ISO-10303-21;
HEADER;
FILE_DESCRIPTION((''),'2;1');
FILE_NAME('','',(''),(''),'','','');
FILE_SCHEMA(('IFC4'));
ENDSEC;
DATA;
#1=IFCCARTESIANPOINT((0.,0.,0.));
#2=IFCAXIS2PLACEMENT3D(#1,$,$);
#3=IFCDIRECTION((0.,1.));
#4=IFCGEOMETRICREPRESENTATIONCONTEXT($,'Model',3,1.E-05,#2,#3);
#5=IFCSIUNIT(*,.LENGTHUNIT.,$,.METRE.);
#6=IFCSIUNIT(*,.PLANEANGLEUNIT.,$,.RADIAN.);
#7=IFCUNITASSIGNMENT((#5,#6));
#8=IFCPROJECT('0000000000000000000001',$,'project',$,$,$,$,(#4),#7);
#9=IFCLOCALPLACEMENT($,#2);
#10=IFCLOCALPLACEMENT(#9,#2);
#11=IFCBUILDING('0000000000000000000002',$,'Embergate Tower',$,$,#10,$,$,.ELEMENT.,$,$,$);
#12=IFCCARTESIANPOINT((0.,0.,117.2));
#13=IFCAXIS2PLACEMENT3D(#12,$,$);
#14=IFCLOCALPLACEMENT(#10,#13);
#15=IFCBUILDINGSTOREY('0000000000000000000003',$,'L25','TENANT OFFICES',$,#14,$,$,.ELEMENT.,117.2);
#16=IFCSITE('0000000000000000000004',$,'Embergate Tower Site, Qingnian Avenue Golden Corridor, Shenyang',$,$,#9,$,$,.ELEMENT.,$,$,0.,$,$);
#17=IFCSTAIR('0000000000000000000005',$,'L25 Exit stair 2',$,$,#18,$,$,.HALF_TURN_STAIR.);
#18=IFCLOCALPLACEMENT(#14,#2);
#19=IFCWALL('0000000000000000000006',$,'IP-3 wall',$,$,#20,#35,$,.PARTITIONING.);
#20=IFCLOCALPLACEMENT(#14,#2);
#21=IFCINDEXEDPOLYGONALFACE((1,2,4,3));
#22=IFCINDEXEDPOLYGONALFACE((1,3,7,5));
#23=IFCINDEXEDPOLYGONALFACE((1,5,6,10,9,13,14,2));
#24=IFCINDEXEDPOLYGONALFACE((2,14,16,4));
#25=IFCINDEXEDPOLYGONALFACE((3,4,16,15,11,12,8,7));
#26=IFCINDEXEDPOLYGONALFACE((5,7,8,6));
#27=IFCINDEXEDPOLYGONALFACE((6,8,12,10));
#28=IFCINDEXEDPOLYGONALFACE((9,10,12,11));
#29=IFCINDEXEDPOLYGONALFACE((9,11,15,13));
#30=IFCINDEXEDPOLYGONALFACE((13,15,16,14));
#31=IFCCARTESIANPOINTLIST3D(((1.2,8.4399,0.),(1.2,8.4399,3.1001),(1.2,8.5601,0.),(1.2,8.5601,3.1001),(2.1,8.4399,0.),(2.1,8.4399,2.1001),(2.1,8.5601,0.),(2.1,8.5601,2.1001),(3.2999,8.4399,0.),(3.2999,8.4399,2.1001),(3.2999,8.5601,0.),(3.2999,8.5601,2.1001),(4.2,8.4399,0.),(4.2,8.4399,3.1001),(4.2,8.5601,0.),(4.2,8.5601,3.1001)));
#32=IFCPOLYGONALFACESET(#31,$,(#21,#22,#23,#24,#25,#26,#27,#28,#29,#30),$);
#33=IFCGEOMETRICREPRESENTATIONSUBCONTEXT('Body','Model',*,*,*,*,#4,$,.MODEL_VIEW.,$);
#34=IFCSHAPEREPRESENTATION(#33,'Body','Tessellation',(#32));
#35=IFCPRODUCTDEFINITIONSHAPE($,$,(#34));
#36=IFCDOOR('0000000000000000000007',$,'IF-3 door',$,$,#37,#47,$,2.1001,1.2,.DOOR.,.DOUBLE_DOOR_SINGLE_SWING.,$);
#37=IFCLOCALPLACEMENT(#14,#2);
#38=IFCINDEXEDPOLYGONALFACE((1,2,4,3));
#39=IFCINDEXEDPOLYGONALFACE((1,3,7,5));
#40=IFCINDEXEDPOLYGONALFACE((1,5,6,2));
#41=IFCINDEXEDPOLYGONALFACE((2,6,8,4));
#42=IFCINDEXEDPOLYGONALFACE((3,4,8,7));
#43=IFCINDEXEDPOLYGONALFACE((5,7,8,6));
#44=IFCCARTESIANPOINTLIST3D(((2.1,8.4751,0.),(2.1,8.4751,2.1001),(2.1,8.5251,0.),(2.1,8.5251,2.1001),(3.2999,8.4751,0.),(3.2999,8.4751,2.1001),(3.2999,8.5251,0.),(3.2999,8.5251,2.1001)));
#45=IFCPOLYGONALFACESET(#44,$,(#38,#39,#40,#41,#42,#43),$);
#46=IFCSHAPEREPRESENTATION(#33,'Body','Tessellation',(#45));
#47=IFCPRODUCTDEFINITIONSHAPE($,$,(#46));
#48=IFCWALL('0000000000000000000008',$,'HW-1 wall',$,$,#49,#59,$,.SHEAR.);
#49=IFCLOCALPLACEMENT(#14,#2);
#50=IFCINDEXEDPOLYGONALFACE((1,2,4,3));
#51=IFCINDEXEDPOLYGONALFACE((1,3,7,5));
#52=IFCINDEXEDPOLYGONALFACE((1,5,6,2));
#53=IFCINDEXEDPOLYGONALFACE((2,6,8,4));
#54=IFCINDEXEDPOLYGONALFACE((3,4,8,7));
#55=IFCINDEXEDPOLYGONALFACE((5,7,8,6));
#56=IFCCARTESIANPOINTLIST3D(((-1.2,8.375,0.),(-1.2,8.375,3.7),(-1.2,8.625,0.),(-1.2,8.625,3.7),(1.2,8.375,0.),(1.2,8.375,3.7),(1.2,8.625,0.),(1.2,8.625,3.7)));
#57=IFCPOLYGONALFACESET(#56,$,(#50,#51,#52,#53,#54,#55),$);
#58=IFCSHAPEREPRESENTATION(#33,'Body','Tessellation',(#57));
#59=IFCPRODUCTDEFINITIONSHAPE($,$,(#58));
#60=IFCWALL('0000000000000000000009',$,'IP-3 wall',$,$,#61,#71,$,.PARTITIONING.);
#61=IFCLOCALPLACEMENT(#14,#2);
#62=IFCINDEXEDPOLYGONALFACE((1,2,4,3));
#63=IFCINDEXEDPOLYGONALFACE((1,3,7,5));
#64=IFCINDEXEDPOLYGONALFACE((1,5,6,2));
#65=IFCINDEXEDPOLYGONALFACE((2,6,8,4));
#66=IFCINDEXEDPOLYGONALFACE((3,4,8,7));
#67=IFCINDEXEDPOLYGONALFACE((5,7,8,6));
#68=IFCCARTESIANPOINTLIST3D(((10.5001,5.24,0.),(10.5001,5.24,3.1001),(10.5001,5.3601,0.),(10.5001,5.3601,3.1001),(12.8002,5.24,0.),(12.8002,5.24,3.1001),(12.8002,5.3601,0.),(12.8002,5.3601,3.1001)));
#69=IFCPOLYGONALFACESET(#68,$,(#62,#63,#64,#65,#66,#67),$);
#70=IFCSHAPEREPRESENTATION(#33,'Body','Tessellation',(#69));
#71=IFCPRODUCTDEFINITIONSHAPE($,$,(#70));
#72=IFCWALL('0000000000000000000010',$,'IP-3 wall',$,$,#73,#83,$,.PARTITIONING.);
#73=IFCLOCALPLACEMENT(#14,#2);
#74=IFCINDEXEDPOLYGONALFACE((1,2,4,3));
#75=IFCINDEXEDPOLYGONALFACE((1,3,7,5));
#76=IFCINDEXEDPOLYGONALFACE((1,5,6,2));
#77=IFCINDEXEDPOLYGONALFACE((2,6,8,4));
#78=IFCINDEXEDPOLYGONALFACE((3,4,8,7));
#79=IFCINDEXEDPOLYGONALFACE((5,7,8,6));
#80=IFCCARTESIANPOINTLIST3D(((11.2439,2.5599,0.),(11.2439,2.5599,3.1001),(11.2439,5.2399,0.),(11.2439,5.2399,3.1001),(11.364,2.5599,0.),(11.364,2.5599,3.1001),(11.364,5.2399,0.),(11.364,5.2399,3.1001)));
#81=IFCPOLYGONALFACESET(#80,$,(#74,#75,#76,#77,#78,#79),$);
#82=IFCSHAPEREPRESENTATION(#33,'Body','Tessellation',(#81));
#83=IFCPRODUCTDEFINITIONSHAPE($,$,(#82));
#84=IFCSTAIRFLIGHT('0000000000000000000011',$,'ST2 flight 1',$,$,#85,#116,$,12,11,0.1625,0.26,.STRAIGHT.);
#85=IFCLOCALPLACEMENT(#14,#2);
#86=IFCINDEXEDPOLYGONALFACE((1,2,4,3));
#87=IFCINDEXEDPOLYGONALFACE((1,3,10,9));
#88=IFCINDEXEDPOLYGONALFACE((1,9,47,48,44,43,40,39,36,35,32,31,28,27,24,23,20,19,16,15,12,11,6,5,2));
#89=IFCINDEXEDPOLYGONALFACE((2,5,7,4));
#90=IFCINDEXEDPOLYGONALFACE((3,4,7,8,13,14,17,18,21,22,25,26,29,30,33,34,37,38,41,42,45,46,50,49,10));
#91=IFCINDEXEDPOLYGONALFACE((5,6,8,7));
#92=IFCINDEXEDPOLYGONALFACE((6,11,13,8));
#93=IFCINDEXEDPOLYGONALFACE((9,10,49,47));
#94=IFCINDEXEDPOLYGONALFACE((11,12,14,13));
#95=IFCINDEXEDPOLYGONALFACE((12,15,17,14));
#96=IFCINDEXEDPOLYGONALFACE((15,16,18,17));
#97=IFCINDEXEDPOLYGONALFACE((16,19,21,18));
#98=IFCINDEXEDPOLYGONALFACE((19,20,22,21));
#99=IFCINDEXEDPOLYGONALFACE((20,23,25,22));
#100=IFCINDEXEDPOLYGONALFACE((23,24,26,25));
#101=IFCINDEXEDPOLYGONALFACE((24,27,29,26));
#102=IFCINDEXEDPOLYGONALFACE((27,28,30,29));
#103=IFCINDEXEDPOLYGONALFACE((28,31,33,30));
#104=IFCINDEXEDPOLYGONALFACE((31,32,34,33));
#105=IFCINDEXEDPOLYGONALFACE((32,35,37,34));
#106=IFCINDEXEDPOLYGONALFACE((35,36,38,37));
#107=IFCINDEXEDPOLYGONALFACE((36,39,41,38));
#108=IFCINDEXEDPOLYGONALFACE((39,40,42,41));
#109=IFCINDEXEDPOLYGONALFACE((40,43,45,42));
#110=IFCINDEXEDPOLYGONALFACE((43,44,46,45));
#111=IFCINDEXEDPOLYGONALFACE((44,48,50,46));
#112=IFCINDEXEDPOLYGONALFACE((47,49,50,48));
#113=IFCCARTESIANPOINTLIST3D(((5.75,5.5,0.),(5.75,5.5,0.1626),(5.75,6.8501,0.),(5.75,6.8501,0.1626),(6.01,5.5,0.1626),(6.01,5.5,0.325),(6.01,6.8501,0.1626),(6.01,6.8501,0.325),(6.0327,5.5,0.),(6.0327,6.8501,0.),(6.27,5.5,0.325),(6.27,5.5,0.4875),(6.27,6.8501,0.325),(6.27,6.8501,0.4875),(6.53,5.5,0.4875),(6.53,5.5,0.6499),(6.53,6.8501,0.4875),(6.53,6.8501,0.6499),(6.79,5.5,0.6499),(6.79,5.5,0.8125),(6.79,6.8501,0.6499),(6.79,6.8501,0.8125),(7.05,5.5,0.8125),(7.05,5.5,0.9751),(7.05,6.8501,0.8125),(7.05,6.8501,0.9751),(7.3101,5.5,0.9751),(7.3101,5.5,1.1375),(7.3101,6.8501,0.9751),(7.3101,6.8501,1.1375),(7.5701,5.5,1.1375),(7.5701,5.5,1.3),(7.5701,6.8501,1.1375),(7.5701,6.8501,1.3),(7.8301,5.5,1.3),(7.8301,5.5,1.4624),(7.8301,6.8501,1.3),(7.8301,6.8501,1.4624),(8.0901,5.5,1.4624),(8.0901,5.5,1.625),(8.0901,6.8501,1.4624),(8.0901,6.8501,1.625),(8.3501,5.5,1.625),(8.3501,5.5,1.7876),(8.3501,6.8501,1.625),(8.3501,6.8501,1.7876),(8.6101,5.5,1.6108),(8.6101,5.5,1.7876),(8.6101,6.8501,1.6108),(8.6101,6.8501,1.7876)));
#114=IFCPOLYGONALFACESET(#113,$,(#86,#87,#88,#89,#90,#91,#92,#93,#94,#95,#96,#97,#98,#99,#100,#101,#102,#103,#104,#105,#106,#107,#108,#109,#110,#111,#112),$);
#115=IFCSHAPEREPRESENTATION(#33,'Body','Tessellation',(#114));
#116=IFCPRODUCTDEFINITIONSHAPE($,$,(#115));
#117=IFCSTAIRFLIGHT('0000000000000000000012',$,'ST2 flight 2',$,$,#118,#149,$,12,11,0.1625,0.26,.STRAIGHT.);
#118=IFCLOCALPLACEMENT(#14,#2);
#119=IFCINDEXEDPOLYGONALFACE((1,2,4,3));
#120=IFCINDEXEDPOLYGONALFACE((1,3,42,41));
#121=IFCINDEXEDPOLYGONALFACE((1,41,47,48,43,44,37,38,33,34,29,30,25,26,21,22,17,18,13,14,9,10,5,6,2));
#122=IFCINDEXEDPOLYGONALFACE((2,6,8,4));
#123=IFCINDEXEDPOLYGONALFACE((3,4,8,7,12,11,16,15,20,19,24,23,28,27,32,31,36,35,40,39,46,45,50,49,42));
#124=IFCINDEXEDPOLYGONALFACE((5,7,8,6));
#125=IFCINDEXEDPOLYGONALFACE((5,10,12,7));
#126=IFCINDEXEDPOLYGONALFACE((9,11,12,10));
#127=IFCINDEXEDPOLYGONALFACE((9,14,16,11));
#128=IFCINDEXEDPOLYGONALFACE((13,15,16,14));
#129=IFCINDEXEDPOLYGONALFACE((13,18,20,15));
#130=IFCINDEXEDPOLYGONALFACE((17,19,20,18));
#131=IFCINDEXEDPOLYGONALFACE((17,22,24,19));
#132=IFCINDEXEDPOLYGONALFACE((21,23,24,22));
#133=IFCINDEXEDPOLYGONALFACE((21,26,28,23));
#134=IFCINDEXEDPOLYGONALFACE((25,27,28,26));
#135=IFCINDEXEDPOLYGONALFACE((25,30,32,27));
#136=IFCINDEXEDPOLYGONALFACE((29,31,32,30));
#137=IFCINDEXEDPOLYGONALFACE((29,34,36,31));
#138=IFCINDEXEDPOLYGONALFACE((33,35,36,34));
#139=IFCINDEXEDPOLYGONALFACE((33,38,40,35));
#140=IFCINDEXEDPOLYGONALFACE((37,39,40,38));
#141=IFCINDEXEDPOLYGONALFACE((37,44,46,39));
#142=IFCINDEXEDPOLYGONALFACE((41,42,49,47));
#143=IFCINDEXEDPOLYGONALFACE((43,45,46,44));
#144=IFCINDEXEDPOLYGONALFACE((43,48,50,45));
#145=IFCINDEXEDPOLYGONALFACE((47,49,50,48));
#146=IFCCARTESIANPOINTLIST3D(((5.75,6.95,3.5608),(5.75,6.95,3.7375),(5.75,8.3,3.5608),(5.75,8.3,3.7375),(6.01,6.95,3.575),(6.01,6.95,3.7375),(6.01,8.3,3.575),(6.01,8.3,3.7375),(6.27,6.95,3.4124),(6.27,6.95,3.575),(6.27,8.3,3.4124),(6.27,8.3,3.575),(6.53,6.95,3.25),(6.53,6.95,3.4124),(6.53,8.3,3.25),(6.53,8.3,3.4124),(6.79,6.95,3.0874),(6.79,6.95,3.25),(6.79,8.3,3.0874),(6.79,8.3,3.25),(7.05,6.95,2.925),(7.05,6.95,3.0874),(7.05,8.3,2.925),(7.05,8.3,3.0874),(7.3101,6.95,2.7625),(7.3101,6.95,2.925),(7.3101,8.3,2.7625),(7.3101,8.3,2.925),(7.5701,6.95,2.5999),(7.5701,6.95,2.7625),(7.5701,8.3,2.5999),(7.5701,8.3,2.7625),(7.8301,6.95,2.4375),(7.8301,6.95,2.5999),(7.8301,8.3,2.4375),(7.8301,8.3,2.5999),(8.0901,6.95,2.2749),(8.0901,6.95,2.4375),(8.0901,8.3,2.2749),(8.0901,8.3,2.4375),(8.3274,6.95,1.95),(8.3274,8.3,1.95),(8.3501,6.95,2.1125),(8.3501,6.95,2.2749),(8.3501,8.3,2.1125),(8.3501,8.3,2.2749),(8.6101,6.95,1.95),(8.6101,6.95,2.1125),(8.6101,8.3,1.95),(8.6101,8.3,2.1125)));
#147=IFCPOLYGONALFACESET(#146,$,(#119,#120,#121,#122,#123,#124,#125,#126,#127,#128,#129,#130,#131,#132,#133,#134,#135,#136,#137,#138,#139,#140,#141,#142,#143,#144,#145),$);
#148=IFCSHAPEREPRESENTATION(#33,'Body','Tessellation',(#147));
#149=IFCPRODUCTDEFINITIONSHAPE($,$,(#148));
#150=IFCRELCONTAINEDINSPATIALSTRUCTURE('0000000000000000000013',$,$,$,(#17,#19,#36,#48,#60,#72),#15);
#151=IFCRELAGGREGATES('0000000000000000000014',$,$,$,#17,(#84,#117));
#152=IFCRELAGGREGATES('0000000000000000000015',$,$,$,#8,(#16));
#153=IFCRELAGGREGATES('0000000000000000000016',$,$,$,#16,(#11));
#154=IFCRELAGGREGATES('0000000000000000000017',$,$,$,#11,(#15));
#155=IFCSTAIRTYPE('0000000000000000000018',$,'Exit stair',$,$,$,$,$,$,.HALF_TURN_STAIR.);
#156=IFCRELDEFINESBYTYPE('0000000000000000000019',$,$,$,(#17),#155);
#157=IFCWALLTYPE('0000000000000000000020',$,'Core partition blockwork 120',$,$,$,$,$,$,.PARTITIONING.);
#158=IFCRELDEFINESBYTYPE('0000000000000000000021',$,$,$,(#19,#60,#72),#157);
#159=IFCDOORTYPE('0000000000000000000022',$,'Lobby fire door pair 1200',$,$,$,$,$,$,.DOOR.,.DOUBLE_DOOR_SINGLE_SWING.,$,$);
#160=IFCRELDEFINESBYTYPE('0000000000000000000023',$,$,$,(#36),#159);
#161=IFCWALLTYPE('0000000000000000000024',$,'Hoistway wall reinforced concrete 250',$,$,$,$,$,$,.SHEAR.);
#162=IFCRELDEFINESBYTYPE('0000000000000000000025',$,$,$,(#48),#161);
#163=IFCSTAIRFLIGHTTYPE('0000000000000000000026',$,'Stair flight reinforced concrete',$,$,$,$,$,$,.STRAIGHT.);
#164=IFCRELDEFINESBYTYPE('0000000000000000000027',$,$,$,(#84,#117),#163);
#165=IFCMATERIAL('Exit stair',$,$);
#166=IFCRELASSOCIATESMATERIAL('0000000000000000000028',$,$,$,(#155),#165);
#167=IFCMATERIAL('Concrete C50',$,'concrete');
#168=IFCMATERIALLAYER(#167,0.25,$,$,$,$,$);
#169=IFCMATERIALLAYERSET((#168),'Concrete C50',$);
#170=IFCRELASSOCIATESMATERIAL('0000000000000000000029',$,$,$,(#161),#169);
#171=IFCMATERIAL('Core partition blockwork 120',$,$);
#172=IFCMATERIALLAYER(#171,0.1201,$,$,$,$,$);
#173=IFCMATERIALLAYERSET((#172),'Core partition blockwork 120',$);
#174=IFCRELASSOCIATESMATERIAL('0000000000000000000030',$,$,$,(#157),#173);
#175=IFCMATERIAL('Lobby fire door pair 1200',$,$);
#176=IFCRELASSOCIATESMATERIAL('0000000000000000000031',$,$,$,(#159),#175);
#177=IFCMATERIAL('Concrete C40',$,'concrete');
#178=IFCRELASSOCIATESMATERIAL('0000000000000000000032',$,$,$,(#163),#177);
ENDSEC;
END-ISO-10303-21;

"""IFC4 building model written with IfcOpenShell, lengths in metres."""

from ifc_helpers import new_model, si_unit, direction, frame, frame_2d, origin, place, context, subcontext, project, spatial, polyline, rectangle, outline, extrude, source, transform, mapped, material, layer, layer_set, type_object, element, fill, aggregate, save


model = new_model("IFC4")

# Units and contexts
model_context = context("Model", 3, precision=1e-05, world=origin(), true_north=direction((0.0, 1.0)))
body_context = subcontext(model_context, "Body", "Model", "MODEL_VIEW")
ifc_project = project(units=[si_unit("LENGTHUNIT", "METRE"), si_unit("PLANEANGLEUNIT", "RADIAN")], contexts=[model_context])

# Site, building, storey
site_placement = place(None, origin())
site = spatial("IfcSite", under=ifc_project, at=site_placement, Name="Embergate Tower Site, Qingnian Avenue Golden Corridor, Shenyang", CompositionType="ELEMENT", RefElevation=0.0)
building_placement = place(site_placement, origin())
building = spatial("IfcBuilding", under=site, at=building_placement, Name="Embergate Tower", CompositionType="ELEMENT")
storey_placement = place(building_placement, frame((0.0, 0.0, 117.2)))
storey = spatial("IfcBuildingStorey", under=building, at=storey_placement, Name="L25", Description="TENANT OFFICES", CompositionType="ELEMENT", Elevation=117.2)

# Stair
ifc_material_1 = material(Name="Exit stair")
stair_type = type_object("IfcStairType", Name="Exit stair", PredefinedType="HALF_TURN_STAIR", material=ifc_material_1)
stair_placement = place(storey_placement, origin())
stair = element("IfcStair", 1, at=stair_placement, inside=storey, type_object=stair_type, Name="L25 Exit stair 2", PredefinedType="HALF_TURN_STAIR")
ifc_material_2 = material(Name="Concrete C40", Category="concrete")

# Shared definitions
ifc_material_3 = material(Name="Concrete C50", Category="concrete")
ifc_layer_1 = layer(ifc_material_3, 0.25)
ifc_layer_set_1 = layer_set([ifc_layer_1], Name="Concrete C50")
wall_type_1 = type_object("IfcWallType", Name="Hoistway wall reinforced concrete 250", PredefinedType="SHEAR", material=ifc_layer_set_1)

# Shared definitions
ifc_material_4 = material(Name="Core partition blockwork 120")
ifc_layer_2 = layer(ifc_material_4, 0.1201)
ifc_layer_set_2 = layer_set([ifc_layer_2], Name="Core partition blockwork 120")
wall_type_2 = type_object("IfcWallType", Name="Core partition blockwork 120", PredefinedType="PARTITIONING", material=ifc_layer_set_2)

# Shared definitions
shared_shape_1 = source(origin(), body_context, "Body", "SweptSolid", [
    extrude(rectangle(XDim=1.2, YDim=2.1001, at=frame_2d((0.6001, 1.05))), frame((0.0, 0.0249, 0.0), z_axis=(0.0, -1.0, 0.0), x_axis=(1.0, 0.0, 0.0)), (0.0, 0.0, 1.0), 0.05),
])

# Wall, opening, door
shared_shape_2 = source(origin(), body_context, "Body", "SweptSolid", [
    extrude(rectangle(XDim=3.0, YDim=0.1201, at=frame_2d((1.5, 0.0))), origin(), (0.0, 0.0, 1.0), 3.1001),
])
wall_1_placement = place(storey_placement, frame((4.2, 8.5, 0.0), z_axis=(0.0, 0.0, 1.0), x_axis=(-1.0, 0.0, 0.0)))
wall_1 = element("IfcWall", 2, at=wall_1_placement, inside=storey, type_object=wall_type_2, Name="IP-3 wall", PredefinedType="PARTITIONING", context=body_context, shape_type="MappedRepresentation", body=[
    mapped(shared_shape_2, transform((0.0, 0.0, 0.0))),
])
shared_shape_3 = source(origin(), body_context, "Body", "SweptSolid", [
    extrude(rectangle(XDim=1.2, YDim=2.1001, at=frame_2d((0.6001, 1.05))), frame((0.0, 0.0701, 0.0), z_axis=(0.0, -1.0, 0.0), x_axis=(1.0, 0.0, 0.0)), (0.0, 0.0, 1.0), 0.1401),
])
opening_1_placement = place(wall_1_placement, frame((0.8999, 0.0, 0.0)))
opening_1 = element("IfcOpeningElement", 3, at=opening_1_placement, cuts=wall_1, PredefinedType="OPENING", context=body_context, shape_type="MappedRepresentation", body=[
    mapped(shared_shape_3, transform((0.0, 0.0, 0.0))),
])
ifc_material_5 = material(Name="Lobby fire door pair 1200")
door_type_1 = type_object("IfcDoorType", Name="Lobby fire door pair 1200", OperationType="DOUBLE_DOOR_SINGLE_SWING", PredefinedType="DOOR", material=ifc_material_5)
door_1_placement = place(opening_1_placement, origin())
door_1 = element("IfcDoor", 4, at=door_1_placement, inside=storey, type_object=door_type_1, Name="IF-3 door", OperationType="DOUBLE_DOOR_SINGLE_SWING", OverallHeight=2.1001, OverallWidth=1.2, PredefinedType="DOOR", context=body_context, shape_type="MappedRepresentation", body=[
    mapped(shared_shape_1, transform((0.0, 0.0, 0.0))),
])
fill(opening_1, door_1)

# Walls
shared_shape_4 = source(origin(), body_context, "Body", "SweptSolid", [
    extrude(rectangle(XDim=2.3999, YDim=0.25, at=frame_2d((1.2, 0.0))), origin(), (0.0, 0.0, 1.0), 3.7),
])
wall_2_placement = place(storey_placement, frame((1.2, 8.5, 0.0), z_axis=(0.0, 0.0, 1.0), x_axis=(-1.0, 0.0, 0.0)))
element("IfcWall", 5, at=wall_2_placement, inside=storey, type_object=wall_type_1, Name="HW-1 wall", PredefinedType="SHEAR", context=body_context, shape_type="MappedRepresentation", body=[
    mapped(shared_shape_4, transform((0.0, 0.0, 0.0))),
])
shared_shape_5 = source(origin(), body_context, "Body", "SweptSolid", [
    extrude(rectangle(XDim=2.3, YDim=0.1201, at=frame_2d((1.1499, 0.0))), origin(), (0.0, 0.0, 1.0), 3.1001),
])
wall_3_placement = place(storey_placement, frame((12.8, 5.3, 0.0), z_axis=(0.0, 0.0, 1.0), x_axis=(-1.0, 0.0, 0.0)))
element("IfcWall", 6, at=wall_3_placement, inside=storey, type_object=wall_type_2, Name="IP-3 wall", PredefinedType="PARTITIONING", context=body_context, shape_type="MappedRepresentation", body=[
    mapped(shared_shape_5, transform((0.0, 0.0, 0.0))),
])
shared_shape_6 = source(origin(), body_context, "Body", "SweptSolid", [
    extrude(rectangle(XDim=2.6799, YDim=0.1201, at=frame_2d((1.3398, 0.0))), origin(), (0.0, 0.0, 1.0), 3.1001),
])
wall_4_placement = place(storey_placement, frame((11.304, 2.5601, 0.0), z_axis=(0.0, 0.0, 1.0), x_axis=(0.0, 1.0, 0.0)))
element("IfcWall", 7, at=wall_4_placement, inside=storey, type_object=wall_type_2, Name="IP-3 wall", PredefinedType="PARTITIONING", context=body_context, shape_type="MappedRepresentation", body=[
    mapped(shared_shape_6, transform((0.0, 0.0, 0.0))),
])

# Stair flights
stair_flight_type = type_object("IfcStairFlightType", Name="Stair flight reinforced concrete", PredefinedType="STRAIGHT", material=ifc_material_2)
shared_shape_7 = source(origin(), body_context, "Body", "SweptSolid", [
    extrude(outline(polyline([(0.0, 0.0), (0.0, 0.1626), (0.26, 0.1626), (0.26, 0.325), (0.52, 0.325), (0.52, 0.4875), (0.78, 0.4875), (0.78, 0.6499), (1.04, 0.6499), (1.04, 0.8125), (1.3, 0.8125), (1.3, 0.9751), (1.5601, 0.9751), (1.5601, 1.1375), (1.8201, 1.1375), (1.8201, 1.3), (2.0801, 1.3), (2.0801, 1.4624), (2.3401, 1.4624), (2.3401, 1.625), (2.6001, 1.625), (2.6001, 1.7876), (2.8601, 1.7876), (2.8601, 1.95), (2.8601, 1.6108), (0.2827, 0.0), (0.0, 0.0)])), frame((0.0, 0.675, 0.0), z_axis=(0.0, -1.0, 0.0), x_axis=(1.0, 0.0, 0.0)), (0.0, 0.0, 1.0), 1.3501),
])
stair_flight_1_placement = place(storey_placement, frame((5.75, 6.175, 0.0), z_axis=(0.0, 0.0, 1.0), x_axis=(1.0, 0.0, 0.0)))
stair_flight_1 = element("IfcStairFlight", 8, at=stair_flight_1_placement, type_object=stair_flight_type, Name="ST2 flight 1", NumberOfRisers=12, NumberOfTreads=11, PredefinedType="STRAIGHT", RiserHeight=0.1625, TreadLength=0.26, context=body_context, shape_type="MappedRepresentation", body=[
    mapped(shared_shape_7, transform((0.0, 0.0, 0.0))),
])
stair_flight_2_placement = place(storey_placement, frame((8.6101, 7.625, 1.95), z_axis=(0.0, 0.0, 1.0), x_axis=(-1.0, 0.0, 0.0)))
stair_flight_2 = element("IfcStairFlight", 9, at=stair_flight_2_placement, type_object=stair_flight_type, Name="ST2 flight 2", NumberOfRisers=12, NumberOfTreads=11, PredefinedType="STRAIGHT", RiserHeight=0.1625, TreadLength=0.26, context=body_context, shape_type="MappedRepresentation", body=[
    mapped(shared_shape_7, transform((0.0, 0.0, 0.0))),
])
aggregate(stair, [stair_flight_1, stair_flight_2])

save(model, "model.ifc")
